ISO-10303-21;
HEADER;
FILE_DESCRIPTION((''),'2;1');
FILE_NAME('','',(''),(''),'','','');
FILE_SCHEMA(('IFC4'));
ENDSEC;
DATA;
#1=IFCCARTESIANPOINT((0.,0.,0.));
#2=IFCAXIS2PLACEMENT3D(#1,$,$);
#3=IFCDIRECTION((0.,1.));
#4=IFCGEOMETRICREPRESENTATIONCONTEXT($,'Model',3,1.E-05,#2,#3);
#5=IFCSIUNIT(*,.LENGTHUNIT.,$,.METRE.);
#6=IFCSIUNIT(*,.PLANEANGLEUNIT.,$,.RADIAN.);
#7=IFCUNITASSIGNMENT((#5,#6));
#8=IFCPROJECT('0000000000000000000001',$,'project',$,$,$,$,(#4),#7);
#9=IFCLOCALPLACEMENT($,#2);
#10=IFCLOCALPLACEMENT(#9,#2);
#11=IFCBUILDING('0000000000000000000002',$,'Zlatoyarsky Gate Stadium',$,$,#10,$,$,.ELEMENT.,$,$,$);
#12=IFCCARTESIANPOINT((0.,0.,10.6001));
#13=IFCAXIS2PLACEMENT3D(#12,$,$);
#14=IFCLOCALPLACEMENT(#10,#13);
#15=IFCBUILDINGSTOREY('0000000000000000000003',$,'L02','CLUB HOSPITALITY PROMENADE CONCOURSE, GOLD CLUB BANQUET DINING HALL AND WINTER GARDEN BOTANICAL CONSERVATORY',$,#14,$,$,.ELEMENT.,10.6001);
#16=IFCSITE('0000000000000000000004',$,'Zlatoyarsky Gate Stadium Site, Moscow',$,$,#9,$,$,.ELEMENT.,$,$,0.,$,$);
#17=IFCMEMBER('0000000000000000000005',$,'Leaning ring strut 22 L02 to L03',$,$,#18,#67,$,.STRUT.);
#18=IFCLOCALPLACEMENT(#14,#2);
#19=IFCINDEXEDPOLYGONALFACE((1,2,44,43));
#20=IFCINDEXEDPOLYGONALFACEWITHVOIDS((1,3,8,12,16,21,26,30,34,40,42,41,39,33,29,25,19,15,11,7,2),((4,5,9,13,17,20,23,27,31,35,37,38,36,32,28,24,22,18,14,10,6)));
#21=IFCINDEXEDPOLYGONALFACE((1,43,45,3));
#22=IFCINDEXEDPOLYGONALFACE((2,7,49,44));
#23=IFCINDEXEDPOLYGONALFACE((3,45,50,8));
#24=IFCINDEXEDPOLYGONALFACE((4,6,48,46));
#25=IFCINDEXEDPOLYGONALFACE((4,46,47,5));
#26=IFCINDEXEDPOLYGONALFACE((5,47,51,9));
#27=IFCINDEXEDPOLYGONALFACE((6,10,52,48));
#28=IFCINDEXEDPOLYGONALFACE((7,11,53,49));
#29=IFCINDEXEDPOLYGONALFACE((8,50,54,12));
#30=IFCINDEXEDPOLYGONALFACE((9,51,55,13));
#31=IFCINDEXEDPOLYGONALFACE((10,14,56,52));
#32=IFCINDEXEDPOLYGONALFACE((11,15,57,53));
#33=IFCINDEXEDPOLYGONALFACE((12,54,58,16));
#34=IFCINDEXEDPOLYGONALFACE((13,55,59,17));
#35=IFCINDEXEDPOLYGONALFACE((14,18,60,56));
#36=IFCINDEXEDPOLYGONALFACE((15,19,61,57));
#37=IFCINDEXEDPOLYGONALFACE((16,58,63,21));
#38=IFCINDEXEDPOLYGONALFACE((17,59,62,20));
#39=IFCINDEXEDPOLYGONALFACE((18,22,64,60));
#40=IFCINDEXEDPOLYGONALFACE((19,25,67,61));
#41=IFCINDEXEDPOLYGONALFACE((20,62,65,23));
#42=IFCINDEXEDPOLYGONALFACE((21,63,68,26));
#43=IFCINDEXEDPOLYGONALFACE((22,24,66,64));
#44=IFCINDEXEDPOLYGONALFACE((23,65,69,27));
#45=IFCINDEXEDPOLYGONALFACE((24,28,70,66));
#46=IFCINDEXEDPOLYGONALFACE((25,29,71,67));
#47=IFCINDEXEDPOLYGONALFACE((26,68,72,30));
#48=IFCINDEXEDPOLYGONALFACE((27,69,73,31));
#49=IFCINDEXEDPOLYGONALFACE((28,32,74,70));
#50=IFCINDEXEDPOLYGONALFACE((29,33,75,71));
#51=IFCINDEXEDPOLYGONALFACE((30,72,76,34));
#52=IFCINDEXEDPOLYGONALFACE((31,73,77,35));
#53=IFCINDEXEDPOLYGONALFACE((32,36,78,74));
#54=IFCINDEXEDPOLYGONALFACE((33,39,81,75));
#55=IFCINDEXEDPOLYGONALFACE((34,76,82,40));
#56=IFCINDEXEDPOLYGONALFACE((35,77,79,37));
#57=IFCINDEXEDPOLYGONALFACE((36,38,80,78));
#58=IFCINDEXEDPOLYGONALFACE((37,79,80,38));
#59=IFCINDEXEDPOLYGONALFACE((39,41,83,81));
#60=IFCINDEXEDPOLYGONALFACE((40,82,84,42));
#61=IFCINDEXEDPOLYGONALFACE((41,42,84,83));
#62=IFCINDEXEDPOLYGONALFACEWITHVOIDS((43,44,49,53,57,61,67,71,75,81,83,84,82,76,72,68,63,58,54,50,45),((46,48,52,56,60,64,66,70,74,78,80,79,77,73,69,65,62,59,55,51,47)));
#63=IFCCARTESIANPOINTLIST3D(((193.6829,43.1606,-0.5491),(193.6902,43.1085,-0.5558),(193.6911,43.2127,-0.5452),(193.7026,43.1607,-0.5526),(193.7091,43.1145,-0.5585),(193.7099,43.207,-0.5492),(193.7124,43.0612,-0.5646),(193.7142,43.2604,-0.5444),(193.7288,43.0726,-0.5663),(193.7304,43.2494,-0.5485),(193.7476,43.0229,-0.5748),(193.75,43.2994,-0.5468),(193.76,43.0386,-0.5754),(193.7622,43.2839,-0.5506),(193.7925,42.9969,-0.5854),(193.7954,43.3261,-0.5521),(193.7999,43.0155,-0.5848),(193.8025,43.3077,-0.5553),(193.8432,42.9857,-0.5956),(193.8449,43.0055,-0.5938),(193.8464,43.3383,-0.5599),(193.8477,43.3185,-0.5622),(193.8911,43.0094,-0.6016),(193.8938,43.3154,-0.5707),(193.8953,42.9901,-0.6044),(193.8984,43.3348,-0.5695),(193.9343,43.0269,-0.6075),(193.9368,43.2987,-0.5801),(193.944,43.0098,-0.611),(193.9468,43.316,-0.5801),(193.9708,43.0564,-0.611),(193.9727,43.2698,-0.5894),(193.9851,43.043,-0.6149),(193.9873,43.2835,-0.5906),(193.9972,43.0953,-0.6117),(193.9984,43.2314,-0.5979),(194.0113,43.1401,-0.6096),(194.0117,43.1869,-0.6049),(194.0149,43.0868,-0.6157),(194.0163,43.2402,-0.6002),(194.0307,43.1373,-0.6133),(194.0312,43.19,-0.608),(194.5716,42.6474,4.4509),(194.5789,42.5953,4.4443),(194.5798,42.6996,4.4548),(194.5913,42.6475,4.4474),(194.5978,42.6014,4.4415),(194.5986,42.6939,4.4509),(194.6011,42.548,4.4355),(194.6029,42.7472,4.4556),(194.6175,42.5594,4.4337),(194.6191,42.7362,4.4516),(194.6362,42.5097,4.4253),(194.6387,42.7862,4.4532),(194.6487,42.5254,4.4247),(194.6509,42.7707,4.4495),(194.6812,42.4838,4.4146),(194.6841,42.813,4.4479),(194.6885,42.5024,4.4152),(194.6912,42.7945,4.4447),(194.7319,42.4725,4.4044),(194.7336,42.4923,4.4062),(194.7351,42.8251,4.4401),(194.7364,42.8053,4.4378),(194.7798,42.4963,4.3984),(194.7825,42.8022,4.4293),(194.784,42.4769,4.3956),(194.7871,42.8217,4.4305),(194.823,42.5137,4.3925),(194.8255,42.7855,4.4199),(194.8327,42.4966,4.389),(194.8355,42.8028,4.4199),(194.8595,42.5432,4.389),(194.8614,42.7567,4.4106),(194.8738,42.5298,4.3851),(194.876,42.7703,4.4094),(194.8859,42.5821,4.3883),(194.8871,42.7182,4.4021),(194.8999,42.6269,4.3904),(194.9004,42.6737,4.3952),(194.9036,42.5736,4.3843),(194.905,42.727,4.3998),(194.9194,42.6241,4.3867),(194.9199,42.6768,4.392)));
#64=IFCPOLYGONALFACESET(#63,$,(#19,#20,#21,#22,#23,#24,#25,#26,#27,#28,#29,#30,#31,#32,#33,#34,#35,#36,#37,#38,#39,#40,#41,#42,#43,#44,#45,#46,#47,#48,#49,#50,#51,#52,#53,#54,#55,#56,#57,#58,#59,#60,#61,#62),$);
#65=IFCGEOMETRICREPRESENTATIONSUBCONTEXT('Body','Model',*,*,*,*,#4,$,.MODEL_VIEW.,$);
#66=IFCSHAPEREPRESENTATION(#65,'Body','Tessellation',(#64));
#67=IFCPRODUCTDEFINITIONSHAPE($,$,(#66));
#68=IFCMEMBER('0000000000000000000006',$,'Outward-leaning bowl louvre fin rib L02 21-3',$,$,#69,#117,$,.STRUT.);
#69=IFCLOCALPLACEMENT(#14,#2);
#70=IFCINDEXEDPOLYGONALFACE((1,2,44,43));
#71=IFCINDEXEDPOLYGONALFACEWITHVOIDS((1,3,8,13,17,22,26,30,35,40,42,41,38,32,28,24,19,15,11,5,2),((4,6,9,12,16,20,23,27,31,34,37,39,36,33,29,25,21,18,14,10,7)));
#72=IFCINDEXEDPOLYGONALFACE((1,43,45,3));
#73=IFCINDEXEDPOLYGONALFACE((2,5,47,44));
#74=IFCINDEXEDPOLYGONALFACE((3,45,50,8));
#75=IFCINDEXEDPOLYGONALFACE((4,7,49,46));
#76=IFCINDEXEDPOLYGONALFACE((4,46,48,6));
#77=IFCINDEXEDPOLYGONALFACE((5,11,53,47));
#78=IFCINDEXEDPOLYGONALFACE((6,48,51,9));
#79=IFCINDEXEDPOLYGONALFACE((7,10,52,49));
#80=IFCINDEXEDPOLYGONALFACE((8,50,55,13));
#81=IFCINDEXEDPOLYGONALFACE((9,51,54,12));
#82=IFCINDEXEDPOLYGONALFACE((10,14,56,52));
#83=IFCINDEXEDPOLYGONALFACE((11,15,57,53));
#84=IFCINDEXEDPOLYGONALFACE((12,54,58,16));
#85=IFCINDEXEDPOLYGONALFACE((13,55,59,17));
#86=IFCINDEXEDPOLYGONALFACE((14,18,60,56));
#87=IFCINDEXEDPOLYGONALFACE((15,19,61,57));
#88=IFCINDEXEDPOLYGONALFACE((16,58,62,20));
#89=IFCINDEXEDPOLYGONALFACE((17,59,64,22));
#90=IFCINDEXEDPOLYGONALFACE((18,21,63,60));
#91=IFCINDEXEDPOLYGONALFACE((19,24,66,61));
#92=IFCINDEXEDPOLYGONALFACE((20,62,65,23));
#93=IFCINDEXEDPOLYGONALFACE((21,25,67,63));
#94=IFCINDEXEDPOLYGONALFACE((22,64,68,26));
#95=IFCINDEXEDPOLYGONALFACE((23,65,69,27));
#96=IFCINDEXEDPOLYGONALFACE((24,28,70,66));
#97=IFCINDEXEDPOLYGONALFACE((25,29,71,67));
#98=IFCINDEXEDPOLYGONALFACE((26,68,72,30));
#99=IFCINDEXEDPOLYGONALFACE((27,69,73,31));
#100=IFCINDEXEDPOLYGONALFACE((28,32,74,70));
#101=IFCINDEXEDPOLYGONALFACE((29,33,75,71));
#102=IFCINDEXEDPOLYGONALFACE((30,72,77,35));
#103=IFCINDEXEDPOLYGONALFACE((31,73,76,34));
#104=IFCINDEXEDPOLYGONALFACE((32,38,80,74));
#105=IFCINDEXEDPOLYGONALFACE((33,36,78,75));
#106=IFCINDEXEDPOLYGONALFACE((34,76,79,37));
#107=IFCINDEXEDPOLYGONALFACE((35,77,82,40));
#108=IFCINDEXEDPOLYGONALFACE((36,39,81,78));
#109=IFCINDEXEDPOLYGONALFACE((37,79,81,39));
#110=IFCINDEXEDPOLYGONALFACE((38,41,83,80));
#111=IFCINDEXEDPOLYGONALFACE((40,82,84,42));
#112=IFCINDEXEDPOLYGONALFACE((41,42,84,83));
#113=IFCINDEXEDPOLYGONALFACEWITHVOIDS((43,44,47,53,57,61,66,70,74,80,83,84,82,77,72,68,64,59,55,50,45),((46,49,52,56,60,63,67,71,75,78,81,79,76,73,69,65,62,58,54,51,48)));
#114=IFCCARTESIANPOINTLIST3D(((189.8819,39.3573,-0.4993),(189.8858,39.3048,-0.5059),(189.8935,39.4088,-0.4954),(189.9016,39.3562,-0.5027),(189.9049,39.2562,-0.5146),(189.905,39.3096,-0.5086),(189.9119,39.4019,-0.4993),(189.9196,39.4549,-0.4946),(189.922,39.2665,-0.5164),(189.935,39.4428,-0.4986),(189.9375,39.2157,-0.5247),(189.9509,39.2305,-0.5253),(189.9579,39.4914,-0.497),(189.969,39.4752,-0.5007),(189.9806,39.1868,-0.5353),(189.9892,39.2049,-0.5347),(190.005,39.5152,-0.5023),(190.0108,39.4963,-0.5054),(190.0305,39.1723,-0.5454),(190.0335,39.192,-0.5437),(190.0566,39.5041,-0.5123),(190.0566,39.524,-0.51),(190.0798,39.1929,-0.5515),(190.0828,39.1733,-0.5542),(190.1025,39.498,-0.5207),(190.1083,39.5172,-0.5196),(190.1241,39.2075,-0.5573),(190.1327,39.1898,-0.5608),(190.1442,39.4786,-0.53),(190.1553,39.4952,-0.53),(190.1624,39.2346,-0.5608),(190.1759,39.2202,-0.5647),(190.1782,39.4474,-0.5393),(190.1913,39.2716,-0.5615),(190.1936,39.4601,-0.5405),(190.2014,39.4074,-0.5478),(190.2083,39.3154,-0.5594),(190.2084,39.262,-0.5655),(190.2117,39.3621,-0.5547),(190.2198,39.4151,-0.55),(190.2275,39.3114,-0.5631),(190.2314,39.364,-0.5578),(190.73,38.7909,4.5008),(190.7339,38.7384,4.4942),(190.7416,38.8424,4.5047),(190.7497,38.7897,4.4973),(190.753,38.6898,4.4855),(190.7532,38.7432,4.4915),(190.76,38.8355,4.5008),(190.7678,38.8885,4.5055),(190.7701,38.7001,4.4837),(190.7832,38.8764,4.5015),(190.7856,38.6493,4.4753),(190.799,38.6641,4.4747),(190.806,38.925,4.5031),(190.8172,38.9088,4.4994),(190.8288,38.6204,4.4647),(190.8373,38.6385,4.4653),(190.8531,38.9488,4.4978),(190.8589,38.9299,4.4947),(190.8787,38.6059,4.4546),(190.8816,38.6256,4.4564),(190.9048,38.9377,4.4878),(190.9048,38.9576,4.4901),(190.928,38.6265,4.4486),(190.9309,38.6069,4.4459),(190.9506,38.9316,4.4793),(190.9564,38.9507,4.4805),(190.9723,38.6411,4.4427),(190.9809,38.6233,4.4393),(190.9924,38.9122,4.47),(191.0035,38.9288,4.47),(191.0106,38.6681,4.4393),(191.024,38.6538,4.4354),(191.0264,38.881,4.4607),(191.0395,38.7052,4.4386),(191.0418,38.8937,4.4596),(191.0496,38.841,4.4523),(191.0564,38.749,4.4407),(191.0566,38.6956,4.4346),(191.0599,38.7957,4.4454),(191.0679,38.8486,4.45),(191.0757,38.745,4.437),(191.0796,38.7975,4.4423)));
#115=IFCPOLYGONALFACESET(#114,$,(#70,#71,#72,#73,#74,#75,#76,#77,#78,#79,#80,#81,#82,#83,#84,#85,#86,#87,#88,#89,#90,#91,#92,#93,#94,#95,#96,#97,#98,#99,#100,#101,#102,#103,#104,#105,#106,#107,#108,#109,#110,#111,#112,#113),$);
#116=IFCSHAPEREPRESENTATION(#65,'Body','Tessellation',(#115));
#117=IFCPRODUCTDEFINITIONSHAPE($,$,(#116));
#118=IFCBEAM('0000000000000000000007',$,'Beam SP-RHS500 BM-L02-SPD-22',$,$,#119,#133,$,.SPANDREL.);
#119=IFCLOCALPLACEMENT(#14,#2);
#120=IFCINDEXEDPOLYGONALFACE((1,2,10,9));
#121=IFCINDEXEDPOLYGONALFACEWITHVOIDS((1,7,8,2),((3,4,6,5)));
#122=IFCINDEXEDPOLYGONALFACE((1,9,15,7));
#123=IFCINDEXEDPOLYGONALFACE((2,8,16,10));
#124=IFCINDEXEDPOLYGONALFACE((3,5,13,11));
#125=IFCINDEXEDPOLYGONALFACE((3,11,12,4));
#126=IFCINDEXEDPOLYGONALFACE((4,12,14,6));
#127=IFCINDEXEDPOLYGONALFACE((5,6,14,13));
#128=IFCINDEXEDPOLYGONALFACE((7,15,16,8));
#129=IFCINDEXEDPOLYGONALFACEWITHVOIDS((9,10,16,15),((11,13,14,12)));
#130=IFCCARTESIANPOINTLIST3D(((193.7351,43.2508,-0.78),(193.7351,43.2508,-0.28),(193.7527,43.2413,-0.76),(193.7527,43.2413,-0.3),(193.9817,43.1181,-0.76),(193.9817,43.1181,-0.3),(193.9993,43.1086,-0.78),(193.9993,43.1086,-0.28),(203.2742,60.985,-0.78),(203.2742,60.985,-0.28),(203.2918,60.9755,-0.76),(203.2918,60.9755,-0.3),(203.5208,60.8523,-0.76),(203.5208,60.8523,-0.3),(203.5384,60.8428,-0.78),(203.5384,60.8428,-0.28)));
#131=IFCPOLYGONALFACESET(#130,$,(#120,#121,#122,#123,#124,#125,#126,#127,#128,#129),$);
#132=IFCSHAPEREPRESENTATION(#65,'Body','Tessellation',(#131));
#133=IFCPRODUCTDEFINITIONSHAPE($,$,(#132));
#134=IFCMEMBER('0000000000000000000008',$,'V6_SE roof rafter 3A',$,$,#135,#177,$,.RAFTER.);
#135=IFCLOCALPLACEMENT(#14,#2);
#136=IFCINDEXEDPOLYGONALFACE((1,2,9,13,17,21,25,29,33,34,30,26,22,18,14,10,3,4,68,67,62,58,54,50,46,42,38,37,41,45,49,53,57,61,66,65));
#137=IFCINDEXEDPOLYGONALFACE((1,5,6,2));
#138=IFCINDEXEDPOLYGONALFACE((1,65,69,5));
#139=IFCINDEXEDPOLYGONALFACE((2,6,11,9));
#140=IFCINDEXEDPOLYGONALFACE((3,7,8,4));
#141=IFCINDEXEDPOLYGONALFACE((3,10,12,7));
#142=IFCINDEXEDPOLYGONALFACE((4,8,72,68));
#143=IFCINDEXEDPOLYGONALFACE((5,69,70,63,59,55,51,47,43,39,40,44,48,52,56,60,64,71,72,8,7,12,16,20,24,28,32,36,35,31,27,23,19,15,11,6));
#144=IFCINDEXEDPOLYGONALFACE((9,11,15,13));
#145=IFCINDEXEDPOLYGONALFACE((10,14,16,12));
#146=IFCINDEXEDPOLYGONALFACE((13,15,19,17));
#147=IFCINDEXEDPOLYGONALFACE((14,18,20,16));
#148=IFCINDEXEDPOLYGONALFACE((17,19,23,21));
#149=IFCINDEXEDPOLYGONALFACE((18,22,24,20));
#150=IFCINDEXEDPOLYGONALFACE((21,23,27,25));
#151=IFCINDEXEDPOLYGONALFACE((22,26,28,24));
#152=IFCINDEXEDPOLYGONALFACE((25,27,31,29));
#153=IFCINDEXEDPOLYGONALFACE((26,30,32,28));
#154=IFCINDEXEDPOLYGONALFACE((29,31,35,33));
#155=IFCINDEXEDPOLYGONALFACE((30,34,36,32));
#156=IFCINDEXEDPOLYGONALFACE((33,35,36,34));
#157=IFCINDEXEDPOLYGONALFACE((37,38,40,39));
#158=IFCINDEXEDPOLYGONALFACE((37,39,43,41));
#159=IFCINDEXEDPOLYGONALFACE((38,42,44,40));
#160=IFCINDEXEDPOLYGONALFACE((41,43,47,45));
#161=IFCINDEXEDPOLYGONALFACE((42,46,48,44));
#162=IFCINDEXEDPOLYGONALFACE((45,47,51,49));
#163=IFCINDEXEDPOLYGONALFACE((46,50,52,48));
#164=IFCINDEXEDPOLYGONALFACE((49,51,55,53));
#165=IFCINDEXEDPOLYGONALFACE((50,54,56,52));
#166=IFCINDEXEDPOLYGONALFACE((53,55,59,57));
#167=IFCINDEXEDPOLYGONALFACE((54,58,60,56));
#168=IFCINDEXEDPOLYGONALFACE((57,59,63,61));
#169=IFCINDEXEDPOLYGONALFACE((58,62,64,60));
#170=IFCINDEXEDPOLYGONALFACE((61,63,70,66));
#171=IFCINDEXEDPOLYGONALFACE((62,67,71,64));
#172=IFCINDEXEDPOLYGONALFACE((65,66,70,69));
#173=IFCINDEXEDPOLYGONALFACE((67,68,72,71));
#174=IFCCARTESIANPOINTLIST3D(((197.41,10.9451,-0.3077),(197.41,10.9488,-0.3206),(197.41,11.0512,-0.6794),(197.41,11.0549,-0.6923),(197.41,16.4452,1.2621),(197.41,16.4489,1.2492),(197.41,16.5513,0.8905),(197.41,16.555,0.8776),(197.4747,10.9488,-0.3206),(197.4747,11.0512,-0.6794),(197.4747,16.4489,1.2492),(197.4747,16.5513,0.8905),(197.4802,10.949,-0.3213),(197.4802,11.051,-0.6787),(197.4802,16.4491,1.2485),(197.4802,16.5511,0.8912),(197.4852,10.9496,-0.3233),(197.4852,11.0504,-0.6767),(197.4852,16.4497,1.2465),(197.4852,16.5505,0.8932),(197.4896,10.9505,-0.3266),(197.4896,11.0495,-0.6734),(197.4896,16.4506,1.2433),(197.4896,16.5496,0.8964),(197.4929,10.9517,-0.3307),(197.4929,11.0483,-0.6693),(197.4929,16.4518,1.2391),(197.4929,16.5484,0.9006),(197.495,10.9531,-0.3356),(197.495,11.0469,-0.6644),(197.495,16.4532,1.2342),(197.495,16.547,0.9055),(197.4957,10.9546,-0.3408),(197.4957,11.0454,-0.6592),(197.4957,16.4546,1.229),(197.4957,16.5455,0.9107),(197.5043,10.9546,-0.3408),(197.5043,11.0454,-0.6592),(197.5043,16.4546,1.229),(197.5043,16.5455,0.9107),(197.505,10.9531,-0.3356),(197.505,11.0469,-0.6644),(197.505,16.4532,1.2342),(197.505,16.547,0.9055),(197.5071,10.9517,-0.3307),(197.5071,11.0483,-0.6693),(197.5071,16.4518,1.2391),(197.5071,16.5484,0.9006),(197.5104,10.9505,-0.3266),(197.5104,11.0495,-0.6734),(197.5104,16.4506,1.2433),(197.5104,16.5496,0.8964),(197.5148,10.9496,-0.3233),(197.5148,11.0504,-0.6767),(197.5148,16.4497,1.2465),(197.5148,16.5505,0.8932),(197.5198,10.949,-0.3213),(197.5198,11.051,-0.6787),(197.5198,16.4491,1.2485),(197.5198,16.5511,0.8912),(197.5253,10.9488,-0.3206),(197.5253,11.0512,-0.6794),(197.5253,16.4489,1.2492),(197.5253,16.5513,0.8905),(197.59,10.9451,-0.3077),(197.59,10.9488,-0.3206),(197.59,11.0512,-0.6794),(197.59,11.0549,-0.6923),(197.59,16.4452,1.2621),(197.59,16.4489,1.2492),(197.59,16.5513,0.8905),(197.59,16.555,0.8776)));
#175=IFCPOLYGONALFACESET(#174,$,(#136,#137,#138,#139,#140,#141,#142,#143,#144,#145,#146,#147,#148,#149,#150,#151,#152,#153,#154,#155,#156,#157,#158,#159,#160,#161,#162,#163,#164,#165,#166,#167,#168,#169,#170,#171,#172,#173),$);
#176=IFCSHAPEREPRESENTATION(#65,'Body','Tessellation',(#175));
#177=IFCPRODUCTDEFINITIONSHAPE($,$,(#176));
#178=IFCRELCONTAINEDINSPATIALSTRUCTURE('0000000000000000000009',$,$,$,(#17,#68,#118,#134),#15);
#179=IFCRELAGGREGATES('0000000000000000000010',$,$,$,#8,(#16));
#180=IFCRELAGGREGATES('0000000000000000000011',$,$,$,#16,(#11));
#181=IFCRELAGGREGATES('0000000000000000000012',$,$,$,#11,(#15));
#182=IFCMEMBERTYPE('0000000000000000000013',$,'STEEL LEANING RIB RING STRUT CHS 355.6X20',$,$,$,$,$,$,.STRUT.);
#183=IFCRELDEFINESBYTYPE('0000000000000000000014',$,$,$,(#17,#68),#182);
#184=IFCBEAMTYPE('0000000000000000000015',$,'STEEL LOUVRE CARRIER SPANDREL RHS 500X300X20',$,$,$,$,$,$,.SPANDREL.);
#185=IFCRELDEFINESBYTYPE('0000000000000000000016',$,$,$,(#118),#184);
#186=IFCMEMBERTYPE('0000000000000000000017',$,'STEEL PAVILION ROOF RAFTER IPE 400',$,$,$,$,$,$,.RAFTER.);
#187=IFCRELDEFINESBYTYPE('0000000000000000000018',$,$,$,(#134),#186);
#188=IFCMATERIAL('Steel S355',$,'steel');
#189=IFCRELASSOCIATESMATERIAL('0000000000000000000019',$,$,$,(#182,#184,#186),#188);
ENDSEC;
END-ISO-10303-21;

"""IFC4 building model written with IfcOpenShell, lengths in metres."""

from ifc_helpers import new_model, si_unit, direction, frame, origin, origin_2d, place, context, subcontext, project, spatial, hollow_rectangle, hollow_circle, i_section, extrude, material, material_profile, profile_set, type_object, element, save


model = new_model("IFC4")

# Units and contexts
model_context = context("Model", 3, precision=1e-05, world=origin(), true_north=direction((0.0, 1.0)))
body_context = subcontext(model_context, "Body", "Model", "MODEL_VIEW")
ifc_project = project(units=[si_unit("LENGTHUNIT", "METRE"), si_unit("PLANEANGLEUNIT", "RADIAN")], contexts=[model_context])

# Site, building, storey
site_placement = place(None, origin())
site = spatial("IfcSite", under=ifc_project, at=site_placement, Name="Zlatoyarsky Gate Stadium Site, Moscow", CompositionType="ELEMENT", RefElevation=0.0)
building_placement = place(site_placement, origin())
building = spatial("IfcBuilding", under=site, at=building_placement, Name="Zlatoyarsky Gate Stadium", CompositionType="ELEMENT")
storey_placement = place(building_placement, frame((0.0, 0.0, 10.6001)))
storey = spatial("IfcBuildingStorey", under=building, at=storey_placement, Name="L02", Description="CLUB HOSPITALITY PROMENADE CONCOURSE, GOLD CLUB BANQUET DINING HALL AND WINTER GARDEN BOTANICAL CONSERVATORY", CompositionType="ELEMENT", Elevation=10.6001)

# Shared definitions
ifc_material_1 = material(Name="Steel S355", Category="steel")

# Members
ifc_material_profile_1 = material_profile(ifc_material_1, hollow_circle(Radius=0.1777, WallThickness=0.02, at=origin_2d()), Name="CHS 355.6X20")
ifc_profile_set_1 = profile_set([ifc_material_profile_1], Name="Steel S355")
member_type_1 = type_object("IfcMemberType", Name="STEEL LEANING RIB RING STRUT CHS 355.6X20", PredefinedType="STRUT", material=ifc_profile_set_1)
member_1_placement = place(storey_placement, frame((193.8579, 43.1621, -0.5801), z_axis=(0.174105, -0.100541, 0.979581), x_axis=(0.500079, 0.86598, 0.0)))
element("IfcMember", 1, at=member_1_placement, inside=storey, type_object=member_type_1, Name="Leaning ring strut 22 L02 to L03", PredefinedType="STRUT", context=body_context, shape_type="SweptSolid", body=[
    extrude(hollow_circle(Radius=0.1777, WallThickness=0.02, at=origin_2d()), origin(), (0.0, 0.0, 1.0), 5.1042),
])
member_2_placement = place(storey_placement, frame((190.0566, 39.3474, -0.53), z_axis=(0.166206, -0.110996, 0.979824), x_axis=(0.555363, 0.831608, 0.0)))
element("IfcMember", 2, at=member_2_placement, inside=storey, type_object=member_type_1, Name="Outward-leaning bowl louvre fin rib L02 21-3", PredefinedType="STRUT", context=body_context, shape_type="SweptSolid", body=[
    extrude(hollow_circle(Radius=0.1777, WallThickness=0.02, at=origin_2d()), origin(), (0.0, 0.0, 1.0), 5.103),
])

# Beam
ifc_material_profile_2 = material_profile(ifc_material_1, hollow_rectangle(XDim=0.3, YDim=0.5, WallThickness=0.02, at=origin_2d()), Name="RHS 500X300X20")
ifc_profile_set_2 = profile_set([ifc_material_profile_2], Name="Steel S355")
beam_type_1 = type_object("IfcBeamType", Name="STEEL LOUVRE CARRIER SPANDREL RHS 500X300X20", PredefinedType="SPANDREL", material=ifc_profile_set_2)
beam_1_placement = place(storey_placement, frame((193.8672, 43.1797, -0.53), z_axis=(0.473712, 0.88068, 0.0), x_axis=(-0.88068, 0.473712, 0.0)))
element("IfcBeam", 3, at=beam_1_placement, inside=storey, type_object=beam_type_1, Name="Beam SP-RHS500 BM-L02-SPD-22", PredefinedType="SPANDREL", context=body_context, shape_type="SweptSolid", body=[
    extrude(hollow_rectangle(XDim=0.3, YDim=0.5, WallThickness=0.02, at=origin_2d()), origin(), (0.0, 0.0, 1.0), 20.137),
])

# Member
ifc_material_profile_3 = material_profile(ifc_material_1, i_section(OverallWidth=0.1799, OverallDepth=0.3999, WebThickness=0.0085, FlangeThickness=0.0134, FilletRadius=0.021, at=origin_2d()), Name="IPE 400")
ifc_profile_set_3 = profile_set([ifc_material_profile_3], Name="Steel S355")
member_type_2 = type_object("IfcMemberType", Name="STEEL PAVILION ROOF RAFTER IPE 400", PredefinedType="RAFTER", material=ifc_profile_set_3)
for number, where, z_axis, x_axis, name in (
    (4, (197.5, 11.0, -0.5), (0.0, 0.961598, 0.274462), (-1.0, 0.0, 0.0), "V6_SE roof rafter 3A"),
):
    element("IfcMember", number, at=place(storey_placement, frame(where, z_axis=z_axis, x_axis=x_axis)), inside=storey, type_object=member_type_2, Name=name, PredefinedType="RAFTER", context=body_context, shape_type="SweptSolid", body=[
        extrude(i_section(OverallWidth=0.1799, OverallDepth=0.3999, WebThickness=0.0085, FlangeThickness=0.0134, FilletRadius=0.021, at=origin_2d()), origin(), (0.0, 0.0, 1.0), 5.7197),
    ])

save(model, "model.ifc")
